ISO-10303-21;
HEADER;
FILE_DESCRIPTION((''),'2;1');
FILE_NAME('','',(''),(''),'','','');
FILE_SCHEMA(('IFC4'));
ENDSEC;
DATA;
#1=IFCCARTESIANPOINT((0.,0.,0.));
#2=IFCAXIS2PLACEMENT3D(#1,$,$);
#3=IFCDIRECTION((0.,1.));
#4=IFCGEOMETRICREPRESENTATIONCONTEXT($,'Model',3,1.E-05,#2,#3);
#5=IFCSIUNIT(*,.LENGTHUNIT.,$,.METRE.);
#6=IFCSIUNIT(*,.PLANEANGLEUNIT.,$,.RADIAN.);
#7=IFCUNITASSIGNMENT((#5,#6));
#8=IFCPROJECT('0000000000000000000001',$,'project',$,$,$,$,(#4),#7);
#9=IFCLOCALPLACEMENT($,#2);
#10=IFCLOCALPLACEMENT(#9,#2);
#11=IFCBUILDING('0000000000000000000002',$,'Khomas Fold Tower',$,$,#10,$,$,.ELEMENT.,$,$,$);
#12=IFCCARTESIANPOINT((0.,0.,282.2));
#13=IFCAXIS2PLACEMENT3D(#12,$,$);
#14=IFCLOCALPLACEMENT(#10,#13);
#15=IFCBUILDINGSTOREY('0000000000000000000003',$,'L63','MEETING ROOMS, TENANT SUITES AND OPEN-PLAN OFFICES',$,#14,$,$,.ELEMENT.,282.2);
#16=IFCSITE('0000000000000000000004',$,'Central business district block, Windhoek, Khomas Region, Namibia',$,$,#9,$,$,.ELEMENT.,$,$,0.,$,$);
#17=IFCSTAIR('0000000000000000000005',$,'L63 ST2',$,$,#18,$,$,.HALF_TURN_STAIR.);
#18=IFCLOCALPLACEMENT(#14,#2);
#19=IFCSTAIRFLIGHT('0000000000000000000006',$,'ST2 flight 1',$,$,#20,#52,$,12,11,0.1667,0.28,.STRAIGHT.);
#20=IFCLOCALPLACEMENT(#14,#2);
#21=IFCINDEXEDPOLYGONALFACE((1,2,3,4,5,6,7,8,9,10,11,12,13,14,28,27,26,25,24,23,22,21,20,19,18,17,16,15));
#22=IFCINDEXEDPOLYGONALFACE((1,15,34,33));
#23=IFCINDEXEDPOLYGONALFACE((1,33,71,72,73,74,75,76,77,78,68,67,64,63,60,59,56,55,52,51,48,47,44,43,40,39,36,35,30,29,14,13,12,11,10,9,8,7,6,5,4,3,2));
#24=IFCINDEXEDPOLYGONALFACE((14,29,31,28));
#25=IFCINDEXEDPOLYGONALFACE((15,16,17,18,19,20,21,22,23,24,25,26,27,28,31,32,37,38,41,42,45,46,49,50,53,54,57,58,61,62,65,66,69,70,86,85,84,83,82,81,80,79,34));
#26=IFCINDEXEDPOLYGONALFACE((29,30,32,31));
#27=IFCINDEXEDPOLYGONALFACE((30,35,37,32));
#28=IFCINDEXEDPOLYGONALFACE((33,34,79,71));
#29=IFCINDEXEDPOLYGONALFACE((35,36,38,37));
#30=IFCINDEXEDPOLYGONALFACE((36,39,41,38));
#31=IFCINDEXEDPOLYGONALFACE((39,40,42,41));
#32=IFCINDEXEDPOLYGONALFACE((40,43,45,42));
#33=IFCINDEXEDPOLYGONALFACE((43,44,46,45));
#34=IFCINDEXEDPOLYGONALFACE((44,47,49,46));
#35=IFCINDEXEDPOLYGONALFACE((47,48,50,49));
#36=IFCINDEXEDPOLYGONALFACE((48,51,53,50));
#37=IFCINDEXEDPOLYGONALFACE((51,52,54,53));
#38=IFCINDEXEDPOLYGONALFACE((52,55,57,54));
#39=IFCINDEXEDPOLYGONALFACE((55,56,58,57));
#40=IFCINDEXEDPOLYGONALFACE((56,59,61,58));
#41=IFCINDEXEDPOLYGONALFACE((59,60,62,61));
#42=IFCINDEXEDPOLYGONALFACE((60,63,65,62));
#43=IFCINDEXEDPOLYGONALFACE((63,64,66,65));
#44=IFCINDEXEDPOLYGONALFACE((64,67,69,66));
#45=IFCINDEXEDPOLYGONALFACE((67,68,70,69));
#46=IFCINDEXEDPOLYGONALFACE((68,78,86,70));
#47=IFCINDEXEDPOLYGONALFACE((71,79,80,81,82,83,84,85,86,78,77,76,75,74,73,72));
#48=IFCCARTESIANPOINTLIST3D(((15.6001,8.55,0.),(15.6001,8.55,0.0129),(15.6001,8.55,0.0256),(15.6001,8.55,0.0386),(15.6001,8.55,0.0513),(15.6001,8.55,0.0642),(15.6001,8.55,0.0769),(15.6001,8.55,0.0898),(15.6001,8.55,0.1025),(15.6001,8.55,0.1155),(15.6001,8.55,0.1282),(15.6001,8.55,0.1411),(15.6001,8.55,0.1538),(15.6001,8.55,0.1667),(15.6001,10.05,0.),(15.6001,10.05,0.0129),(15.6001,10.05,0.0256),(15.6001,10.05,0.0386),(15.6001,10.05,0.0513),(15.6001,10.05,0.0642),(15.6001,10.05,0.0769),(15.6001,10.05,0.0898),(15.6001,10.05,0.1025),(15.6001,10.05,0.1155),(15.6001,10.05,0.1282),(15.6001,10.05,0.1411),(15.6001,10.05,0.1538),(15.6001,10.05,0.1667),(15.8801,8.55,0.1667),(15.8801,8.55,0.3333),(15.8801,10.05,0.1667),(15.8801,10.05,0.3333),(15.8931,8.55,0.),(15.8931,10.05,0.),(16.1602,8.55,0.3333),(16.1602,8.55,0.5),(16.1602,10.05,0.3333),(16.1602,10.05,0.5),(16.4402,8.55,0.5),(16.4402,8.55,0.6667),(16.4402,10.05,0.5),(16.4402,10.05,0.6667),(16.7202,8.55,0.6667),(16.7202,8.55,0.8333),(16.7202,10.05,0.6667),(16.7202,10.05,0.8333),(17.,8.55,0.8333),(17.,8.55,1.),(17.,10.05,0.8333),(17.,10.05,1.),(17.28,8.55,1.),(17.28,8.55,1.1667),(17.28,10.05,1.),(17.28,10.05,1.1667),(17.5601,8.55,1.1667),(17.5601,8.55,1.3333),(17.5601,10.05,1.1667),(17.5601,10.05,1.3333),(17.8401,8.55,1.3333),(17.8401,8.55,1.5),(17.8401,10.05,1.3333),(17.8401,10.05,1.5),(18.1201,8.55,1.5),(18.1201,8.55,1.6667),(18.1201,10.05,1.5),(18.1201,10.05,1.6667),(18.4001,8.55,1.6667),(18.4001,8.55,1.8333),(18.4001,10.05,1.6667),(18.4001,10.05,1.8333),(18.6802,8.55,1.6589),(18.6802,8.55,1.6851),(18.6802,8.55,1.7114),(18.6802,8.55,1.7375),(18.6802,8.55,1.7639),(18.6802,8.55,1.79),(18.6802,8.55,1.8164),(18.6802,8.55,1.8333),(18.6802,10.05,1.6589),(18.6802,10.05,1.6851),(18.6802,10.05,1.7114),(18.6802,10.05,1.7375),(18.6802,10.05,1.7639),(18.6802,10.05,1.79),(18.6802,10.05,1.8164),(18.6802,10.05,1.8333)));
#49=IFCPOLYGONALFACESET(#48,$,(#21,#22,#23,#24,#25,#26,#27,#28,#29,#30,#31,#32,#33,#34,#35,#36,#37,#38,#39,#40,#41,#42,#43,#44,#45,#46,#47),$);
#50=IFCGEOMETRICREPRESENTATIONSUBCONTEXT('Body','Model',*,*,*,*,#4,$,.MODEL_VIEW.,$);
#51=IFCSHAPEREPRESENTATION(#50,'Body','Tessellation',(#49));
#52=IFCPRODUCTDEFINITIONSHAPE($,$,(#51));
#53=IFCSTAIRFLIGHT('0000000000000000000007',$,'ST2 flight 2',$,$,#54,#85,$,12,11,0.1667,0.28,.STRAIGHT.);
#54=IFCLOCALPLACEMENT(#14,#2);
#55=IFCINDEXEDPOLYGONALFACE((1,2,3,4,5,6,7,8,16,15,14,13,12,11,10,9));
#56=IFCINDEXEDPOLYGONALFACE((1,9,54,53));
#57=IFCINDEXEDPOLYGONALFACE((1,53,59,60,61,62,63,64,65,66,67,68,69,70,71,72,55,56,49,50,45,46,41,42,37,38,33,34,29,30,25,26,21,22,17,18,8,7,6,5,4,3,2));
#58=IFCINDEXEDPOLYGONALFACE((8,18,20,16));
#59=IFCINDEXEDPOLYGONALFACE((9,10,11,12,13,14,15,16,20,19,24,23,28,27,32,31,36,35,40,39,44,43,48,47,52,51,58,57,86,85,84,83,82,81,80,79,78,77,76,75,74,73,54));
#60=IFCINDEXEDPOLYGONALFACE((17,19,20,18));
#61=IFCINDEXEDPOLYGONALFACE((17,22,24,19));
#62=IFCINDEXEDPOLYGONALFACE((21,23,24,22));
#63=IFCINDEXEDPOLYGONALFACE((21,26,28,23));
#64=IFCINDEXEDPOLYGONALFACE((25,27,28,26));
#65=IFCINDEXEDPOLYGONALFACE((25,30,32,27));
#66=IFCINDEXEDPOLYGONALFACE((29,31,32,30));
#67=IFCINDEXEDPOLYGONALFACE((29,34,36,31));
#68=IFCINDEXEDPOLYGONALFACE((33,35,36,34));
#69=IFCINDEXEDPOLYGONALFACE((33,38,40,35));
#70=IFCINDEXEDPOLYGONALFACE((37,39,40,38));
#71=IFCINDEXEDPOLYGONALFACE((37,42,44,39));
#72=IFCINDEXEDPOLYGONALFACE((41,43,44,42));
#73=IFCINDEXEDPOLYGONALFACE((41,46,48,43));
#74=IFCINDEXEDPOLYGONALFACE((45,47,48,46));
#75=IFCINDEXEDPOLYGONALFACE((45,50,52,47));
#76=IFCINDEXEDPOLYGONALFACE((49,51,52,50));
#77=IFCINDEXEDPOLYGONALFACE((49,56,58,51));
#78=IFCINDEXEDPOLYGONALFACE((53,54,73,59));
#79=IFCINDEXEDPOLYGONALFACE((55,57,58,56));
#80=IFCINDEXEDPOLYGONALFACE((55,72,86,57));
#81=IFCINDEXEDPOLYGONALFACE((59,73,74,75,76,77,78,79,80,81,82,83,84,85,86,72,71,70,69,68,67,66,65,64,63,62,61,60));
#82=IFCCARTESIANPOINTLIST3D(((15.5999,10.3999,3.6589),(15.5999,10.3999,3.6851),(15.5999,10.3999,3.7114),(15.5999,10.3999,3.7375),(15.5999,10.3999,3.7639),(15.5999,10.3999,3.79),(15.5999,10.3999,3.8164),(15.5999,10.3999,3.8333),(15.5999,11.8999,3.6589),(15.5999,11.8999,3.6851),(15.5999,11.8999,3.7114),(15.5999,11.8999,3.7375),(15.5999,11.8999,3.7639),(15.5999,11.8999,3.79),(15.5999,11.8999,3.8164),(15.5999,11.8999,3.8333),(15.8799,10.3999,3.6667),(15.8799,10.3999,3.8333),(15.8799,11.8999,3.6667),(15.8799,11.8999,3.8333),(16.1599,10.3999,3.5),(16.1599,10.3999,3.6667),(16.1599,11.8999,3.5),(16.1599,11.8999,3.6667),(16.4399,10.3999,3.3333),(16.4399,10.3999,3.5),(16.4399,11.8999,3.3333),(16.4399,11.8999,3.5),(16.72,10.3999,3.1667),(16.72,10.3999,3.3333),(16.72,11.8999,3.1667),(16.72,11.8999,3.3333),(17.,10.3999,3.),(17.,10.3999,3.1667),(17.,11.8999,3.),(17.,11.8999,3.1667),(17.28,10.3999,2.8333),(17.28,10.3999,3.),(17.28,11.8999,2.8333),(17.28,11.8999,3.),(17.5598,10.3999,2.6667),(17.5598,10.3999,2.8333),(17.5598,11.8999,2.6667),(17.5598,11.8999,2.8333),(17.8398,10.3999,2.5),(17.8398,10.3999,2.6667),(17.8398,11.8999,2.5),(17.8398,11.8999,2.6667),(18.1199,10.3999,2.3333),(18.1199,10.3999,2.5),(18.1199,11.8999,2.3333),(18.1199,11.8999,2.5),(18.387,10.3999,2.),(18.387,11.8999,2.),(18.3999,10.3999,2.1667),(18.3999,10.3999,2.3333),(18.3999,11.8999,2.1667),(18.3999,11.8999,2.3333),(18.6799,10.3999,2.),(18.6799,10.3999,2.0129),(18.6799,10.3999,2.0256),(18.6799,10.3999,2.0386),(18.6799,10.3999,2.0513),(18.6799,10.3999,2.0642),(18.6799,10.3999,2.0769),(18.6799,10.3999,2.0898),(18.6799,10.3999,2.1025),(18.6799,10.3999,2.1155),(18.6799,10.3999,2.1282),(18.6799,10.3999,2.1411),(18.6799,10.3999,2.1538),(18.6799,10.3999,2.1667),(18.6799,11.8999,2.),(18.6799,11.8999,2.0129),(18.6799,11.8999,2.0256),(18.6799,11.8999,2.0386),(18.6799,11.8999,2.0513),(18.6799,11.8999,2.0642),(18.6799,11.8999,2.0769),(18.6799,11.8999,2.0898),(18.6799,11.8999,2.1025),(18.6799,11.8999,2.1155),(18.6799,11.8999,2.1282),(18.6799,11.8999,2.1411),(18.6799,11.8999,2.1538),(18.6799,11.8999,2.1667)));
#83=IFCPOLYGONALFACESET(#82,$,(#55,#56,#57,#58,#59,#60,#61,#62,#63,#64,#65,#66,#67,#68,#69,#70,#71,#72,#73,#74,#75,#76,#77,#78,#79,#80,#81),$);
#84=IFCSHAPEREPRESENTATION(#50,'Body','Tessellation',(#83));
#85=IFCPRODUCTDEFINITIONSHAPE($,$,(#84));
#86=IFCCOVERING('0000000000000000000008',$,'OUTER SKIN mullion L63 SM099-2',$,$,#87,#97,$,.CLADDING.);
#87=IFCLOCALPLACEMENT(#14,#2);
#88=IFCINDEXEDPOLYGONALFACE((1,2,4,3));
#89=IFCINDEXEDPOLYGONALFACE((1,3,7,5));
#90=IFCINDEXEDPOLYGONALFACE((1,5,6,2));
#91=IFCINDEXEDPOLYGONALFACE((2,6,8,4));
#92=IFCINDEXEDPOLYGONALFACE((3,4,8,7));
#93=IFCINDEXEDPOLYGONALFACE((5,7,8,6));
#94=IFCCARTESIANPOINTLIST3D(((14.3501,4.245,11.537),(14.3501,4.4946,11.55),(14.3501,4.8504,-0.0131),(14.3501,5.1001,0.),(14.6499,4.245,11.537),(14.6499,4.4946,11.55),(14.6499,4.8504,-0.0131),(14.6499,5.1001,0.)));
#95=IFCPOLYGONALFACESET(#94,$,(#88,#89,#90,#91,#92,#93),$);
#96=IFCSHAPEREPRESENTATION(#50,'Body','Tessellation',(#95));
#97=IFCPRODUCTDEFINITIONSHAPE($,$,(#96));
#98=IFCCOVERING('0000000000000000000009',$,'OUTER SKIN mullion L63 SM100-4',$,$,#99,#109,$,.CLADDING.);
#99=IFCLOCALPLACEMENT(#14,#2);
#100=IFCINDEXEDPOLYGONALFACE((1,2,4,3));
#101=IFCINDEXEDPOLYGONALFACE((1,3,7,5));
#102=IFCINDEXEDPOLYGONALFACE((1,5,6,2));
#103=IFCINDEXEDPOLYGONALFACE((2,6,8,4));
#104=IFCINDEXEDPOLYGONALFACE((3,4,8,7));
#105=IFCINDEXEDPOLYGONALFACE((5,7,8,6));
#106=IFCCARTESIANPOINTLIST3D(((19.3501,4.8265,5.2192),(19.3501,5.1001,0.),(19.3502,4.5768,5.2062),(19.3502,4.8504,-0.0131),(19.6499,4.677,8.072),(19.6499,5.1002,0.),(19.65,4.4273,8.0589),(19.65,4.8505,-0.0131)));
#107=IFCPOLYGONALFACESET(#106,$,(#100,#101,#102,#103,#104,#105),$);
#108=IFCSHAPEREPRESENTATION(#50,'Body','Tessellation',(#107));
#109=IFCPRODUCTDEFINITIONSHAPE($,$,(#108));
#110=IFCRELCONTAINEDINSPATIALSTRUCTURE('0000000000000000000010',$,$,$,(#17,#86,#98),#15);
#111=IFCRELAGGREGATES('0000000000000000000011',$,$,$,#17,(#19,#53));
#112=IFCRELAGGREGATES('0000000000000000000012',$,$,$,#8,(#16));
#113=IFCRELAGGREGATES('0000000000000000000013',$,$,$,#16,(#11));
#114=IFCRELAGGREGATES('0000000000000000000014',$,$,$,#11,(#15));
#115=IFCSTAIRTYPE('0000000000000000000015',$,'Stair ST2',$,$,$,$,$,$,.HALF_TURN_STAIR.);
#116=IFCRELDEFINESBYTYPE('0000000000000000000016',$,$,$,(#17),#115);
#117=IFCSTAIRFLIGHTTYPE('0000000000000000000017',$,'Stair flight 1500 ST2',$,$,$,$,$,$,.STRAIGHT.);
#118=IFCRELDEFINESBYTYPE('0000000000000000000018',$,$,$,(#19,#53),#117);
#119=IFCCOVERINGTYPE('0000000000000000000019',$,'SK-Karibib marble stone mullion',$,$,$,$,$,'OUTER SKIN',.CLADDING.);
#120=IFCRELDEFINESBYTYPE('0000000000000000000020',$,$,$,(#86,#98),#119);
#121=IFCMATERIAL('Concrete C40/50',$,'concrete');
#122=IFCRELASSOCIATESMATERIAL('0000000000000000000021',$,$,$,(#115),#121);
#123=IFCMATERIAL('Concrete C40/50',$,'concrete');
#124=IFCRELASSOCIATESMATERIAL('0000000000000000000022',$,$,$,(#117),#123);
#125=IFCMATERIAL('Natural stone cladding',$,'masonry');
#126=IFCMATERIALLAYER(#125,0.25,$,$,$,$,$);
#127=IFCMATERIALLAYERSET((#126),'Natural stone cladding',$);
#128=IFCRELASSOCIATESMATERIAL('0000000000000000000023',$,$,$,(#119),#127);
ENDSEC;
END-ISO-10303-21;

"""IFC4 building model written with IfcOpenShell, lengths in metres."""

from ifc_helpers import new_model, si_unit, direction, frame, origin, place, context, subcontext, project, spatial, polyline, outline, extrude, source, transform, mapped, material, layer, layer_set, type_object, element, aggregate, save


model = new_model("IFC4")

# Units and contexts
model_context = context("Model", 3, precision=1e-05, world=origin(), true_north=direction((0.0, 1.0)))
body_context = subcontext(model_context, "Body", "Model", "MODEL_VIEW")
ifc_project = project(units=[si_unit("LENGTHUNIT", "METRE"), si_unit("PLANEANGLEUNIT", "RADIAN")], contexts=[model_context])

# Site, building, storey
site_placement = place(None, origin())
site = spatial("IfcSite", under=ifc_project, at=site_placement, Name="Central business district block, Windhoek, Khomas Region, Namibia", CompositionType="ELEMENT", RefElevation=0.0)
building_placement = place(site_placement, origin())
building = spatial("IfcBuilding", under=site, at=building_placement, Name="Khomas Fold Tower", CompositionType="ELEMENT")
storey_placement = place(building_placement, frame((0.0, 0.0, 282.2)))
storey = spatial("IfcBuildingStorey", under=building, at=storey_placement, Name="L63", Description="MEETING ROOMS, TENANT SUITES AND OPEN-PLAN OFFICES", CompositionType="ELEMENT", Elevation=282.2)

# Stair, stair flights
ifc_material_1 = material(Name="Concrete C40/50", Category="concrete")
stair_type = type_object("IfcStairType", Name="Stair ST2", PredefinedType="HALF_TURN_STAIR", material=ifc_material_1)
stair_placement = place(storey_placement, origin())
stair = element("IfcStair", 1, at=stair_placement, inside=storey, type_object=stair_type, Name="L63 ST2", PredefinedType="HALF_TURN_STAIR")
ifc_material_2 = material(Name="Concrete C40/50", Category="concrete")
stair_flight_type = type_object("IfcStairFlightType", Name="Stair flight 1500 ST2", PredefinedType="STRAIGHT", material=ifc_material_2)
shared_shape_1 = source(origin(), body_context, "Body", "SweptSolid", [
    extrude(outline(polyline([(0.0, 0.0), (0.0, 0.0129), (0.0, 0.0256), (0.0, 0.0386), (0.0, 0.0513), (0.0, 0.0642), (0.0, 0.0769), (0.0, 0.0898), (0.0, 0.1025), (0.0, 0.1155), (0.0, 0.1282), (0.0, 0.1411), (0.0, 0.1538), (0.0, 0.1667), (0.28, 0.1667), (0.28, 0.3333), (0.5601, 0.3333), (0.5601, 0.5), (0.8401, 0.5), (0.8401, 0.6667), (1.1201, 0.6667), (1.1201, 0.8333), (1.3999, 0.8333), (1.3999, 1.0), (1.6799, 1.0), (1.6799, 1.1667), (1.96, 1.1667), (1.96, 1.3333), (2.24, 1.3333), (2.24, 1.5), (2.52, 1.5), (2.52, 1.6667), (2.8, 1.6667), (2.8, 1.8333), (3.0801, 1.8333), (3.0801, 2.0), (3.0801, 1.9739), (3.0801, 1.9475), (3.0801, 1.9214), (3.0801, 1.895), (3.0801, 1.8689), (3.0801, 1.8425), (3.0801, 1.8164), (3.0801, 1.79), (3.0801, 1.7639), (3.0801, 1.7375), (3.0801, 1.7114), (3.0801, 1.6851), (3.0801, 1.6589), (0.293, 0.0), (0.0, 0.0)])), frame((0.0, 0.75, 0.0), z_axis=(0.0, -1.0, 0.0), x_axis=(1.0, 0.0, 0.0)), (0.0, 0.0, 1.0), 1.5),
])
stair_flight_1_placement = place(storey_placement, frame((15.6001, 9.3, 0.0), z_axis=(0.0, 0.0, 1.0), x_axis=(1.0, 0.0, 0.0)))
stair_flight_1 = element("IfcStairFlight", 2, at=stair_flight_1_placement, type_object=stair_flight_type, Name="ST2 flight 1", NumberOfRisers=12, NumberOfTreads=11, PredefinedType="STRAIGHT", RiserHeight=0.1667, TreadLength=0.28, context=body_context, shape_type="MappedRepresentation", body=[
    mapped(shared_shape_1, transform((0.0, 0.0, 0.0))),
])
stair_flight_2_placement = place(storey_placement, frame((18.6799, 11.1499, 2.0), z_axis=(0.0, 0.0, 1.0), x_axis=(-1.0, 0.0, 0.0)))
stair_flight_2 = element("IfcStairFlight", 3, at=stair_flight_2_placement, type_object=stair_flight_type, Name="ST2 flight 2", NumberOfRisers=12, NumberOfTreads=11, PredefinedType="STRAIGHT", RiserHeight=0.1667, TreadLength=0.28, context=body_context, shape_type="MappedRepresentation", body=[
    mapped(shared_shape_1, transform((0.0, 0.0, 0.0))),
])
aggregate(stair, [stair_flight_1, stair_flight_2])

# Coverings
ifc_material_3 = material(Name="Natural stone cladding", Category="masonry")
ifc_layer_1 = layer(ifc_material_3, 0.25)
ifc_layer_set_1 = layer_set([ifc_layer_1], Name="Natural stone cladding")
covering_type_1 = type_object("IfcCoveringType", Name="SK-Karibib marble stone mullion", ElementType="OUTER SKIN", PredefinedType="CLADDING", material=ifc_layer_set_1)
covering_1_placement = place(storey_placement, frame((14.3501, 5.1001, 0.0), z_axis=(0.0, 0.998629, 0.052349), x_axis=(0.0, -0.052349, 0.998629)))
element("IfcCovering", 4, at=covering_1_placement, inside=storey, type_object=covering_type_1, Name="OUTER SKIN mullion L63 SM099-2", PredefinedType="CLADDING", context=body_context, shape_type="SweptSolid", body=[
    extrude(outline(polyline([(0.0, 0.0), (11.5659, 0.0), (11.5659, 0.2998), (0.0, 0.2998), (0.0, 0.0)])), origin(), (0.0, 0.0, -1.0), 0.25),
])
covering_2_placement = place(storey_placement, frame((19.3501, 5.1001, 0.0), z_axis=(-0.000232, 0.998629, 0.052352), x_axis=(0.0, -0.052352, 0.998629)))
element("IfcCovering", 5, at=covering_2_placement, inside=storey, type_object=covering_type_1, Name="OUTER SKIN mullion L63 SM100-4", PredefinedType="CLADDING", context=body_context, shape_type="SweptSolid", body=[
    extrude(outline(polyline([(0.0, 0.0), (5.2264, 0.0), (8.0831, 0.2998), (0.0, 0.2998), (0.0, 0.0)])), origin(), (0.0, 0.0, -1.0), 0.25),
])

save(model, "model.ifc")
